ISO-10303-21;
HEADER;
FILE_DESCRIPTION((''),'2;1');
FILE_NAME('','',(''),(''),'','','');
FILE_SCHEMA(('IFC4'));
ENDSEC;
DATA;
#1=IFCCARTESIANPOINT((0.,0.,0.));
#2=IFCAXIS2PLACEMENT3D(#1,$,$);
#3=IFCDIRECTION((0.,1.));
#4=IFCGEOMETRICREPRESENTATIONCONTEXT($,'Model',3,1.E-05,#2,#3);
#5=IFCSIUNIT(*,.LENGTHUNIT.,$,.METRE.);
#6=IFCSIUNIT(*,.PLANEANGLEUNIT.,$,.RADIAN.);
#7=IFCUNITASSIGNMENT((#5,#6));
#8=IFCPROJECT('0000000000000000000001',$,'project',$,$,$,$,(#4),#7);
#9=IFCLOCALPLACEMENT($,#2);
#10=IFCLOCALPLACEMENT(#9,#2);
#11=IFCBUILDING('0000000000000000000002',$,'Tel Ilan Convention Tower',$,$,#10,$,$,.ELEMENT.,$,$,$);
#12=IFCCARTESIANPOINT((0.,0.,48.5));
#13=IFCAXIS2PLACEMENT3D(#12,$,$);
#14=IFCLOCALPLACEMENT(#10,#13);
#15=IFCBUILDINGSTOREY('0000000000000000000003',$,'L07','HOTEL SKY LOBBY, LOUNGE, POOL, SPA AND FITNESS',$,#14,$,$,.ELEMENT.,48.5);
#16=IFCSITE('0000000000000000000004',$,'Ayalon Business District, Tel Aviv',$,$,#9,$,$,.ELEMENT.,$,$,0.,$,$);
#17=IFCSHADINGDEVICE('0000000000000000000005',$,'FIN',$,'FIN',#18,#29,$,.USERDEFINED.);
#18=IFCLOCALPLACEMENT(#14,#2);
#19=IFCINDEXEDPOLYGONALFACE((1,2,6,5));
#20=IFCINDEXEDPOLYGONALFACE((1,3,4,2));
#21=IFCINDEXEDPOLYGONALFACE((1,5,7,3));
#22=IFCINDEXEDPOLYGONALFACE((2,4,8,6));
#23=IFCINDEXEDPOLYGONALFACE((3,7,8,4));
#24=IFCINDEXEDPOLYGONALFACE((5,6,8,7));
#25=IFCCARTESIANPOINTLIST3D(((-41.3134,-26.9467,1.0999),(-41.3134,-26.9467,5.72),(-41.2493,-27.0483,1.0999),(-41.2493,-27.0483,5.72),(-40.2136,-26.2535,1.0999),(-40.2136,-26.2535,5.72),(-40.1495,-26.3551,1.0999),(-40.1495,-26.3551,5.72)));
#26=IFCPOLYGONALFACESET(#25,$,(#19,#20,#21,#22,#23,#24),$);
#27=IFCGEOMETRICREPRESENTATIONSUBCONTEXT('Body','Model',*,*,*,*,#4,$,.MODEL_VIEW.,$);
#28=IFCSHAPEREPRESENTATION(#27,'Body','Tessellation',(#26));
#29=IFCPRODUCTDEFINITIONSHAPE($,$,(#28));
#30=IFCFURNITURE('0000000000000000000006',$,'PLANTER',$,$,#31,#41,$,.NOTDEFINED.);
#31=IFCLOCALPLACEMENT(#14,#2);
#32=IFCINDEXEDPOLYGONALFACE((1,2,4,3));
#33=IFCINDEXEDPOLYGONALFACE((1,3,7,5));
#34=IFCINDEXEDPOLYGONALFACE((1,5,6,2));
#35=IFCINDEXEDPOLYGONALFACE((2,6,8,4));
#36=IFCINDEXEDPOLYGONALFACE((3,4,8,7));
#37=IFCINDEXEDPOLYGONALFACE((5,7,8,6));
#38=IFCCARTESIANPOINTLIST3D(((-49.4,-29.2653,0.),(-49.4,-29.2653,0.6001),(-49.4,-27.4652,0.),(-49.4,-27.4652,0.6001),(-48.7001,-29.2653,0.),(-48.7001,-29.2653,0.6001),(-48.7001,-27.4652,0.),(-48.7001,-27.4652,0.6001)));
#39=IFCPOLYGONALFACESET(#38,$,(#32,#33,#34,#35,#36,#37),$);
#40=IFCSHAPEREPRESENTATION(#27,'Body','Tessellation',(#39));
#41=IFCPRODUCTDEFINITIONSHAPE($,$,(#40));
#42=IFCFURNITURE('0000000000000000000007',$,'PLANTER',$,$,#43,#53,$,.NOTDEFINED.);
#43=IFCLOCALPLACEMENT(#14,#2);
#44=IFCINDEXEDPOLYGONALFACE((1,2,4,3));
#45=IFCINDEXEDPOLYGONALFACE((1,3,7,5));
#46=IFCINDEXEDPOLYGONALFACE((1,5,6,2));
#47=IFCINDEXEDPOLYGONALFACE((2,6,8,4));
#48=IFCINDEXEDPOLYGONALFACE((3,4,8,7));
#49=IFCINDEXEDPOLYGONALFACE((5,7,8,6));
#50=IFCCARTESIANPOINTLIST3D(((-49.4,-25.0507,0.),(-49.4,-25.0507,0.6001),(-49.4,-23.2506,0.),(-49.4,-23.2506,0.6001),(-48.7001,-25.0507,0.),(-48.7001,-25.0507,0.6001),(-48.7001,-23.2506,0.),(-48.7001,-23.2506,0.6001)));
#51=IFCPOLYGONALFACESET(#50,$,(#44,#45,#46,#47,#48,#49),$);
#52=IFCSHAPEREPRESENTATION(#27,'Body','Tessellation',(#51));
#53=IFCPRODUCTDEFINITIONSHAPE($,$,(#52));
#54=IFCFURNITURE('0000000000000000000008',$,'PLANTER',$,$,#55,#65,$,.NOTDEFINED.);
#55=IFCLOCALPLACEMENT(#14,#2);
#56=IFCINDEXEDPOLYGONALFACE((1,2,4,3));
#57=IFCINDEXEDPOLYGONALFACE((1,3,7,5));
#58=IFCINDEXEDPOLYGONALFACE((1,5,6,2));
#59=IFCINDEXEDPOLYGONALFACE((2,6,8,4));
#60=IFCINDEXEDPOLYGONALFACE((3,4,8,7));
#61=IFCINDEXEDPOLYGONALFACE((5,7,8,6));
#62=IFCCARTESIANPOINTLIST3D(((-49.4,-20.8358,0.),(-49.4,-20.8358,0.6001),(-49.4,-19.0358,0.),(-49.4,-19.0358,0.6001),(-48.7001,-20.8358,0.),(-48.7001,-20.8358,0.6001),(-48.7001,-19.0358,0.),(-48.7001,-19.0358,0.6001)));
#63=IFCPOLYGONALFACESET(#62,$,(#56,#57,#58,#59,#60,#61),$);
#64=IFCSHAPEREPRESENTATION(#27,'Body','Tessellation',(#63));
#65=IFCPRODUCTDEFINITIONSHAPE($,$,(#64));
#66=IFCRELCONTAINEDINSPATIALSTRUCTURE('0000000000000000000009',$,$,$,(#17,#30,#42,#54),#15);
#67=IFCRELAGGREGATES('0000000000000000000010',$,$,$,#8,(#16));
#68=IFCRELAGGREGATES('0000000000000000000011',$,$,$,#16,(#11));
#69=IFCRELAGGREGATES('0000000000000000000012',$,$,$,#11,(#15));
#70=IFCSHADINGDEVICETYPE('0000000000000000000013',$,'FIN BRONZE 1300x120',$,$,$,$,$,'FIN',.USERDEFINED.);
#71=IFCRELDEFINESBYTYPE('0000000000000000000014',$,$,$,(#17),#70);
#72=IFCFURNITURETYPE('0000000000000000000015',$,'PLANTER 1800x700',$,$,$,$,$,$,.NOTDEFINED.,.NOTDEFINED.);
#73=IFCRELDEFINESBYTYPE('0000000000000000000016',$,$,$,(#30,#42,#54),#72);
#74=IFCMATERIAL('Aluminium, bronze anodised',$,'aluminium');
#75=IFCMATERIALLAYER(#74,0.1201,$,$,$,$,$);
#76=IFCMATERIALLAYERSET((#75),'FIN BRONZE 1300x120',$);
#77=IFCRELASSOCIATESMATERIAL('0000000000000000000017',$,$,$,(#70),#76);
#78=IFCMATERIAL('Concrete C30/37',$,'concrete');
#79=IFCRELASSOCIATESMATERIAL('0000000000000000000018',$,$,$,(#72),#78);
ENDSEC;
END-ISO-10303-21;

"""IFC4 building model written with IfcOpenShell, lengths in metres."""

from ifc_helpers import new_model, si_unit, direction, frame, origin, origin_2d, place, context, subcontext, project, spatial, rectangle, extrude, material, layer, layer_set, type_object, element, save


model = new_model("IFC4")

# Units and contexts
model_context = context("Model", 3, precision=1e-05, world=origin(), true_north=direction((0.0, 1.0)))
body_context = subcontext(model_context, "Body", "Model", "MODEL_VIEW")
ifc_project = project(units=[si_unit("LENGTHUNIT", "METRE"), si_unit("PLANEANGLEUNIT", "RADIAN")], contexts=[model_context])

# Site, building, storey
site_placement = place(None, origin())
site = spatial("IfcSite", under=ifc_project, at=site_placement, Name="Ayalon Business District, Tel Aviv", CompositionType="ELEMENT", RefElevation=0.0)
building_placement = place(site_placement, origin())
building = spatial("IfcBuilding", under=site, at=building_placement, Name="Tel Ilan Convention Tower", CompositionType="ELEMENT")
storey_placement = place(building_placement, frame((0.0, 0.0, 48.5)))
storey = spatial("IfcBuildingStorey", under=building, at=storey_placement, Name="L07", Description="HOTEL SKY LOBBY, LOUNGE, POOL, SPA AND FITNESS", CompositionType="ELEMENT", Elevation=48.5)

# Shading device
ifc_material_1 = material(Name="Aluminium, bronze anodised", Category="aluminium")
ifc_layer_1 = layer(ifc_material_1, 0.1201)
ifc_layer_set_1 = layer_set([ifc_layer_1], Name="FIN BRONZE 1300x120")
shading_device_type = type_object("IfcShadingDeviceType", Name="FIN BRONZE 1300x120", ElementType="FIN", PredefinedType="USERDEFINED", material=ifc_layer_set_1)
for number, where, z_axis, x_axis, name in (
    (1, (-40.7314, -26.6509, 1.0999), (0.0, 0.0, 1.0), (-0.845986, -0.533204, 0.0), "FIN"),
):
    element("IfcShadingDevice", number, at=place(storey_placement, frame(where, z_axis=z_axis, x_axis=x_axis)), inside=storey, type_object=shading_device_type, Name=name, ObjectType="FIN", PredefinedType="USERDEFINED", context=body_context, shape_type="SweptSolid", body=[
        extrude(rectangle(XDim=1.3, YDim=0.1201, at=origin_2d()), origin(), (0.0, 0.0, 1.0), 4.6201),
    ])

# Furniture
ifc_material_2 = material(Name="Concrete C30/37", Category="concrete")
furniture_type = type_object("IfcFurnitureType", Name="PLANTER 1800x700", AssemblyPlace="NOTDEFINED", PredefinedType="NOTDEFINED", material=ifc_material_2)
for number, where, z_axis, x_axis, name in (
    (2, (-49.05, -28.3652, 0.0), (0.0, 0.0, 1.0), (0.0, 1.0, 0.0), "PLANTER"),
    (3, (-49.05, -24.1506, 0.0), (0.0, 0.0, 1.0), (0.0, 1.0, 0.0), "PLANTER"),
    (4, (-49.05, -19.9358, 0.0), (0.0, 0.0, 1.0), (0.0, 1.0, 0.0), "PLANTER"),
):
    element("IfcFurniture", number, at=place(storey_placement, frame(where, z_axis=z_axis, x_axis=x_axis)), inside=storey, type_object=furniture_type, Name=name, PredefinedType="NOTDEFINED", context=body_context, shape_type="SweptSolid", body=[
        extrude(rectangle(XDim=1.8, YDim=0.7, at=origin_2d()), origin(), (0.0, 0.0, 1.0), 0.6001),
    ])

save(model, "model.ifc")
